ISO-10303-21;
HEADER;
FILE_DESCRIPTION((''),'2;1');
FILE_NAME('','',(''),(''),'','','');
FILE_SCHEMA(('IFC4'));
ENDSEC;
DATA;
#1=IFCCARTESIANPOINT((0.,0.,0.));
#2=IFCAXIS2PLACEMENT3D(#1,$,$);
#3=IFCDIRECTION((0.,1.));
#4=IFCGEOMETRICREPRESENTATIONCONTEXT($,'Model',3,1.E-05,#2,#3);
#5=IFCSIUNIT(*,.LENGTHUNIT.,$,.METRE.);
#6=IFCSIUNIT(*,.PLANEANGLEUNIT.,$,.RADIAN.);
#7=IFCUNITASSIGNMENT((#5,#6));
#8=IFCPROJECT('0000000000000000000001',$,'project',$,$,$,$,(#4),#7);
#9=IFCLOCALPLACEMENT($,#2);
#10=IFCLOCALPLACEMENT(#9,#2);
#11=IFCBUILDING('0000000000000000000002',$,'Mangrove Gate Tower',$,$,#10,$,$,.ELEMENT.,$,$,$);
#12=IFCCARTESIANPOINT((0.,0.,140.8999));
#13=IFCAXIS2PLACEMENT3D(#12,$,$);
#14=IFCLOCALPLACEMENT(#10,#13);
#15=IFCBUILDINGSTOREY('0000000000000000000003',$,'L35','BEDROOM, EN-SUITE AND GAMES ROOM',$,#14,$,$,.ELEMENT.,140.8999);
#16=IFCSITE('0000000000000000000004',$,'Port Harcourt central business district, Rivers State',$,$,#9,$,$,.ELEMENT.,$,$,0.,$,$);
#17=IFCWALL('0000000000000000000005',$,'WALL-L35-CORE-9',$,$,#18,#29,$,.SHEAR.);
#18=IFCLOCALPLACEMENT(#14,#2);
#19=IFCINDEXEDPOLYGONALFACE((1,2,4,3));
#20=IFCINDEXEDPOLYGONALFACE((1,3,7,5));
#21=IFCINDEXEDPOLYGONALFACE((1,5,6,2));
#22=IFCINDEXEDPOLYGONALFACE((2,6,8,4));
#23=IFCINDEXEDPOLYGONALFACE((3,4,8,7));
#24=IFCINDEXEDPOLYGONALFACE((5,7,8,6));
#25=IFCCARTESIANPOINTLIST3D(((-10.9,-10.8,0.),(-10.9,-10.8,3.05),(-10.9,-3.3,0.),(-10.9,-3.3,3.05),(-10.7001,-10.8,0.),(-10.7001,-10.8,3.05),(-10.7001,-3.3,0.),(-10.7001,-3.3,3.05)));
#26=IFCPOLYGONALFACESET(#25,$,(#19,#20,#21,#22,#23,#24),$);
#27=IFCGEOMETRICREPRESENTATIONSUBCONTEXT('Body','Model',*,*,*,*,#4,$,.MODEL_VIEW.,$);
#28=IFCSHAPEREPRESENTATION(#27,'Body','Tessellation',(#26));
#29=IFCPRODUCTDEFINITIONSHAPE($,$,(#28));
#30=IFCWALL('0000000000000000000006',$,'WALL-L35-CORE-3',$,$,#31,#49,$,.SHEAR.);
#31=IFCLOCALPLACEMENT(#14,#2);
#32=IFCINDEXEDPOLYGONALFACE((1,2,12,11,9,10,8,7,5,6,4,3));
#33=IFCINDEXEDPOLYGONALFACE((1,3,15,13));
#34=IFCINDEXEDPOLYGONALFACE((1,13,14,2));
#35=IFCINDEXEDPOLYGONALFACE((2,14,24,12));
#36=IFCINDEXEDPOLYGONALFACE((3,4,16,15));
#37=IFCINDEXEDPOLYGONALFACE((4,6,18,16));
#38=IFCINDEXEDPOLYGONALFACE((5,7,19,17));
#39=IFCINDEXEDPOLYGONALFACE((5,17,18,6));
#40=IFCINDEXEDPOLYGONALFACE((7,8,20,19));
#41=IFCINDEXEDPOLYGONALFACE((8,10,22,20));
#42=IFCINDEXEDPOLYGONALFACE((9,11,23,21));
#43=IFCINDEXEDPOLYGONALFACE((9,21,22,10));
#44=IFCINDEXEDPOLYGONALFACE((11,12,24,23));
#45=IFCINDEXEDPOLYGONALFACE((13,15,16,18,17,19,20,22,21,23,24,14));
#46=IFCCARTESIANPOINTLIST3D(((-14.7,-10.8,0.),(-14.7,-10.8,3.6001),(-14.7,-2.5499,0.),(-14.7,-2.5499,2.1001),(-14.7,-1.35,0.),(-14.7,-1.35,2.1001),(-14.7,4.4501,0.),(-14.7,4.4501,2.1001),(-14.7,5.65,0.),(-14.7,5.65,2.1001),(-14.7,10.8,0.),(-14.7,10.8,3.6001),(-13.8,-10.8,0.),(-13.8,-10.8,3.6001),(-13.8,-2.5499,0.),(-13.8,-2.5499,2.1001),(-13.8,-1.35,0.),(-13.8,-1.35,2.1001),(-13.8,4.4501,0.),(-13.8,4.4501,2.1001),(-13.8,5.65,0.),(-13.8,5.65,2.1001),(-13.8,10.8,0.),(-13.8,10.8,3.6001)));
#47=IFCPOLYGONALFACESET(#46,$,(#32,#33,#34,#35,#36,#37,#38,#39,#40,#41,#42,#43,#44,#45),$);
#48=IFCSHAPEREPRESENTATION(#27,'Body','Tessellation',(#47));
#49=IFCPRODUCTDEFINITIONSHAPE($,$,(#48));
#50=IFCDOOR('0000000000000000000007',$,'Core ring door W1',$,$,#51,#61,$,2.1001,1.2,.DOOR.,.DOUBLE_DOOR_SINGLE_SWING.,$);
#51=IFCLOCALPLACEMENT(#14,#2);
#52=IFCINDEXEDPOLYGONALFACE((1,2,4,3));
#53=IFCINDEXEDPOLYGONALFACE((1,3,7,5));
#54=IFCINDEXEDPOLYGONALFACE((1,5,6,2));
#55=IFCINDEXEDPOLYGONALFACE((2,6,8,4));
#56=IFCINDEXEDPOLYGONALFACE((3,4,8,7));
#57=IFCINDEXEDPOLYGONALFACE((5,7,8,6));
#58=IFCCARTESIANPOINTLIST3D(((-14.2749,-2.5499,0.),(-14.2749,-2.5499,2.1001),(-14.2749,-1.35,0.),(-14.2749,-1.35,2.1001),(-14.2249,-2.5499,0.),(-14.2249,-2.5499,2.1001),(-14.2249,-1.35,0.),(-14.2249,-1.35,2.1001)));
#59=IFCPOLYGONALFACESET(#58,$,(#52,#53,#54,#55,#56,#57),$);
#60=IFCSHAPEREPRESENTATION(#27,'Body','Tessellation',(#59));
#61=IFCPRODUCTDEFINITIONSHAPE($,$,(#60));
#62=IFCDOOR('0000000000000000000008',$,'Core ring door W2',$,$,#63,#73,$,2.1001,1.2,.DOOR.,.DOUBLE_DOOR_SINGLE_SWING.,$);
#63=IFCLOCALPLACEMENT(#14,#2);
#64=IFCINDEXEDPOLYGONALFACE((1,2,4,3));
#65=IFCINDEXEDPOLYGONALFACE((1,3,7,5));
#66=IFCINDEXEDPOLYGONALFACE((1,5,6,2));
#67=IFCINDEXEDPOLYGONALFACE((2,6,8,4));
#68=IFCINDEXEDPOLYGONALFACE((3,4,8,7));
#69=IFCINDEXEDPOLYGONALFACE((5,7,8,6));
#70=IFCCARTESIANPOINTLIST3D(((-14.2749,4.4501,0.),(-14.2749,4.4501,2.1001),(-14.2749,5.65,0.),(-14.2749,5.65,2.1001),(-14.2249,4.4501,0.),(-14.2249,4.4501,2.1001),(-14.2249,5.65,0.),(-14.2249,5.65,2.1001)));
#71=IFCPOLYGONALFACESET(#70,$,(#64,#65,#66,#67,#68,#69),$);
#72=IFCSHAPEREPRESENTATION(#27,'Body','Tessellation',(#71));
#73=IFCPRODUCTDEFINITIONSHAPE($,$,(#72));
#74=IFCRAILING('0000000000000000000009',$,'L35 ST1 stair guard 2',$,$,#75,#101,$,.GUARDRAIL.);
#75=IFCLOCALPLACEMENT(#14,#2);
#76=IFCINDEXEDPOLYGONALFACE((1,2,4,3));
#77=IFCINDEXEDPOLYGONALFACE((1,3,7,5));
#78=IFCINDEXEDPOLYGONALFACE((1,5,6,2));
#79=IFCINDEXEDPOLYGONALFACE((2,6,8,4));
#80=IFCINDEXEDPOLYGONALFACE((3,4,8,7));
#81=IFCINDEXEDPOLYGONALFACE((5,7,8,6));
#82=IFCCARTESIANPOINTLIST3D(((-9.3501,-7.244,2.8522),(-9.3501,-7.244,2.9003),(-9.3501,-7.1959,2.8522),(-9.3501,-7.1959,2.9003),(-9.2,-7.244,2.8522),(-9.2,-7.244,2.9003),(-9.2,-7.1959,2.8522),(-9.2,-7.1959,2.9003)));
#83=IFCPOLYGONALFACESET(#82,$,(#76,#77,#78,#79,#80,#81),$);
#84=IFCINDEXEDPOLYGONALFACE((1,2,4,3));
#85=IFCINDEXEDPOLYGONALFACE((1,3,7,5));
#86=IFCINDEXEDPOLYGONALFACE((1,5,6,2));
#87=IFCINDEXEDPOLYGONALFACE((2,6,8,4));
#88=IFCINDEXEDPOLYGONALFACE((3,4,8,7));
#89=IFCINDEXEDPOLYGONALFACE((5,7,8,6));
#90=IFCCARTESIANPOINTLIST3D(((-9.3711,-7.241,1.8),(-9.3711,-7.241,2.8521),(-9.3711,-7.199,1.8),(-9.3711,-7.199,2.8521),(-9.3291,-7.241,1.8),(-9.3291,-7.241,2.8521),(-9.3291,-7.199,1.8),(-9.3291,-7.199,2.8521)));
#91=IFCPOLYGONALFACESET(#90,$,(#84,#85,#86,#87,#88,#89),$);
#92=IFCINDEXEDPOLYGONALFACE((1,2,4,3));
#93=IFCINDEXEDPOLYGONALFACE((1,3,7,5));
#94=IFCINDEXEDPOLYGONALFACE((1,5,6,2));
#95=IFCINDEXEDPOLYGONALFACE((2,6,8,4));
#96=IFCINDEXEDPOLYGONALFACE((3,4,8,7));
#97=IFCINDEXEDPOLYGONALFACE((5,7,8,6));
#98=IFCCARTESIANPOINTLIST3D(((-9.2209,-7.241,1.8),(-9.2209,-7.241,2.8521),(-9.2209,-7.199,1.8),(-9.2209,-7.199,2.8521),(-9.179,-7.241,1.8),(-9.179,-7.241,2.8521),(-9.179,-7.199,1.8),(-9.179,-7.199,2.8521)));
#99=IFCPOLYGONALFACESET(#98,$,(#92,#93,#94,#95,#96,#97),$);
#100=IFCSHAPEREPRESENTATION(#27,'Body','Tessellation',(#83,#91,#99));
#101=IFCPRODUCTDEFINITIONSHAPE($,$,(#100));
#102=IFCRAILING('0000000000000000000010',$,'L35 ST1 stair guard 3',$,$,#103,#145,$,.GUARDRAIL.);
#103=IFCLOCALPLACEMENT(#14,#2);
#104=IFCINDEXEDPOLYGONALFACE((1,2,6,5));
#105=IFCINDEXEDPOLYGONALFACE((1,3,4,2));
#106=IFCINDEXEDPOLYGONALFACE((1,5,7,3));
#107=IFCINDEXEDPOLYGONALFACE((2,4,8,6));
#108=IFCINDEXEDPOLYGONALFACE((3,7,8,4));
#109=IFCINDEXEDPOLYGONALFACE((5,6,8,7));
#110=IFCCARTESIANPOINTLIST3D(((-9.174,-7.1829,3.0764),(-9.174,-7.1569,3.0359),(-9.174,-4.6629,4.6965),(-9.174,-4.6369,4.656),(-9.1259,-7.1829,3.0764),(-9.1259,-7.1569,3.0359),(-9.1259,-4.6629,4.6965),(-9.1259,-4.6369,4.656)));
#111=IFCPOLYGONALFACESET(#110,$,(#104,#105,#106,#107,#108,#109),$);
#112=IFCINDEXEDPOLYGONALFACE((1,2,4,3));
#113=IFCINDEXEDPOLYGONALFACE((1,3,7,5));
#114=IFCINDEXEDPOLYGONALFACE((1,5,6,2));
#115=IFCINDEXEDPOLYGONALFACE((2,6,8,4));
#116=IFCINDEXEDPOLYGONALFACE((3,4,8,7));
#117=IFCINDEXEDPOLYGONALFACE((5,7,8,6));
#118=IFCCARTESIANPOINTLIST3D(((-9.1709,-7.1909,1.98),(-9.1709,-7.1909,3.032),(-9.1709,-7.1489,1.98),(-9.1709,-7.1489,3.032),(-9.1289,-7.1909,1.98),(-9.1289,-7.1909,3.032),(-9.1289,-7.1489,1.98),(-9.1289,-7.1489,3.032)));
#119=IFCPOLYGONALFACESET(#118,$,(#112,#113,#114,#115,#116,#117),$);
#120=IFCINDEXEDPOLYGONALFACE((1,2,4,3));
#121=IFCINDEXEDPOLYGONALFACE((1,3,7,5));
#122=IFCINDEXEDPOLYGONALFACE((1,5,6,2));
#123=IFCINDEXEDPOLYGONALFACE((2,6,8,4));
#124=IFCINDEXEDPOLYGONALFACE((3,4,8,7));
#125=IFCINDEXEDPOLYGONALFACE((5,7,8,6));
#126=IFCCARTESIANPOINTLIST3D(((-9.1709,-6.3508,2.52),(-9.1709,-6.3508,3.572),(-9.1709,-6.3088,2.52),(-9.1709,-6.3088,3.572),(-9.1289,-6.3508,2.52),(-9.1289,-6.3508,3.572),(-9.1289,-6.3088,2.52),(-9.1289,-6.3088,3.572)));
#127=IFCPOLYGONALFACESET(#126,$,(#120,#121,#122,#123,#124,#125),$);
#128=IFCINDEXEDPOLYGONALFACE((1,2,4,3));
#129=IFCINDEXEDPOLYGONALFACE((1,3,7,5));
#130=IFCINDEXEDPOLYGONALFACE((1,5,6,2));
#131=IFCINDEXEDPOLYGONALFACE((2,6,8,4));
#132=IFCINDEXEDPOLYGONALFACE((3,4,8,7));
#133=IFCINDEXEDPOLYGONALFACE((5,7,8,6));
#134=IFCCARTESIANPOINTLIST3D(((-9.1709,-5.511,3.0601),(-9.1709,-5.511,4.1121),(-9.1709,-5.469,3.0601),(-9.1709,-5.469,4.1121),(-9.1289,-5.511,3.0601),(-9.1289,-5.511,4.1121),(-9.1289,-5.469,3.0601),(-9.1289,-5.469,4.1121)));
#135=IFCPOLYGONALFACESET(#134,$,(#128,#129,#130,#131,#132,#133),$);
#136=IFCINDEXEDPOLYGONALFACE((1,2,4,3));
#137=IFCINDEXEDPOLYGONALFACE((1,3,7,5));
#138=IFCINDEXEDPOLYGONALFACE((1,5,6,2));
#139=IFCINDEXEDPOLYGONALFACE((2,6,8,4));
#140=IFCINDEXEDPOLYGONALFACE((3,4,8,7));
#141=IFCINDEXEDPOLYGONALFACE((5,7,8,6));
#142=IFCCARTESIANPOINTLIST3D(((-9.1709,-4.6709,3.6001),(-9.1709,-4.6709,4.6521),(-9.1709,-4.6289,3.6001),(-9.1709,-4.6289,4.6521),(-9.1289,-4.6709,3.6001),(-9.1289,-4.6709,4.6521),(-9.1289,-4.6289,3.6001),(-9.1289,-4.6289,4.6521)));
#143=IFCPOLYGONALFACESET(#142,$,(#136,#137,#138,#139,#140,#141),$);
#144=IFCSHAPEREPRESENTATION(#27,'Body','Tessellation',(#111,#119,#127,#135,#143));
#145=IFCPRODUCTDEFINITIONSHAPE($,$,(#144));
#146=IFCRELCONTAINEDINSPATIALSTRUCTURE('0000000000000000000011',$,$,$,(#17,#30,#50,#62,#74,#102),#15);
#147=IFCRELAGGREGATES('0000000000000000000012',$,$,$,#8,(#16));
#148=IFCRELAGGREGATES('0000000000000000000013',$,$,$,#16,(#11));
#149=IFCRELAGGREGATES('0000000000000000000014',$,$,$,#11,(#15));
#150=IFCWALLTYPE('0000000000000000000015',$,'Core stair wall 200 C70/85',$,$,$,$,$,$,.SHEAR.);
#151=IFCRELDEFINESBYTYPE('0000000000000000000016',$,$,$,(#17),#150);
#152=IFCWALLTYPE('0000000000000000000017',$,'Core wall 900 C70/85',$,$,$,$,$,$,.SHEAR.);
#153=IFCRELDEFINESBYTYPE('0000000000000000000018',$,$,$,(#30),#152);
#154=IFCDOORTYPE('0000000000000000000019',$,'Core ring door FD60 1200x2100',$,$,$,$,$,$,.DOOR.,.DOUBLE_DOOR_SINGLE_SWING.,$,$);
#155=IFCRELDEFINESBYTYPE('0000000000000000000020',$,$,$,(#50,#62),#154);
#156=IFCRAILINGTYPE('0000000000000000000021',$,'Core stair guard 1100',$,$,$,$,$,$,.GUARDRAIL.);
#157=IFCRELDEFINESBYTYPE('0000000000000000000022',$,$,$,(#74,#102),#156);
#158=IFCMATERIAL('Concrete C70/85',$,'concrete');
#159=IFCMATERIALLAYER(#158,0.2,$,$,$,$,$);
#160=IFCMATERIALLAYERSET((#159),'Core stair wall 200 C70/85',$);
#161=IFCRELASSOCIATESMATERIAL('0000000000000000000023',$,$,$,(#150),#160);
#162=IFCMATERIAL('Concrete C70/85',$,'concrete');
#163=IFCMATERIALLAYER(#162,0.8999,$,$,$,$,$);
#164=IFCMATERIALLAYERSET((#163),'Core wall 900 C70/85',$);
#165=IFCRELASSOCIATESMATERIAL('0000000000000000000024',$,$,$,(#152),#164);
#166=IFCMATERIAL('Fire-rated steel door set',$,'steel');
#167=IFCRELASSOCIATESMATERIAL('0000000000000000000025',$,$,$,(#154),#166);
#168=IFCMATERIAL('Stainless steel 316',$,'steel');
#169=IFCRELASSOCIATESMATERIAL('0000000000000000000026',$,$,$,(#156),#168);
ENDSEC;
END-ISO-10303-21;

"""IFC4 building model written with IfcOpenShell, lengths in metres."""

from ifc_helpers import new_model, si_unit, direction, frame, frame_2d, origin, origin_2d, place, context, subcontext, project, spatial, rectangle, extrude, material, layer, layer_set, type_object, element, fill, save


model = new_model("IFC4")

# Units and contexts
model_context = context("Model", 3, precision=1e-05, world=origin(), true_north=direction((0.0, 1.0)))
body_context = subcontext(model_context, "Body", "Model", "MODEL_VIEW")
ifc_project = project(units=[si_unit("LENGTHUNIT", "METRE"), si_unit("PLANEANGLEUNIT", "RADIAN")], contexts=[model_context])

# Site, building, storey
site_placement = place(None, origin())
site = spatial("IfcSite", under=ifc_project, at=site_placement, Name="Port Harcourt central business district, Rivers State", CompositionType="ELEMENT", RefElevation=0.0)
building_placement = place(site_placement, origin())
building = spatial("IfcBuilding", under=site, at=building_placement, Name="Mangrove Gate Tower", CompositionType="ELEMENT")
storey_placement = place(building_placement, frame((0.0, 0.0, 140.8999)))
storey = spatial("IfcBuildingStorey", under=building, at=storey_placement, Name="L35", Description="BEDROOM, EN-SUITE AND GAMES ROOM", CompositionType="ELEMENT", Elevation=140.8999)

# Wall
ifc_material_1 = material(Name="Concrete C70/85", Category="concrete")
ifc_layer_1 = layer(ifc_material_1, 0.2)
ifc_layer_set_1 = layer_set([ifc_layer_1], Name="Core stair wall 200 C70/85")
wall_type_1 = type_object("IfcWallType", Name="Core stair wall 200 C70/85", PredefinedType="SHEAR", material=ifc_layer_set_1)
wall_1_placement = place(storey_placement, frame((-10.8, -10.8, 0.0), z_axis=(0.0, 0.0, 1.0), x_axis=(0.0, 1.0, 0.0)))
element("IfcWall", 1, at=wall_1_placement, inside=storey, type_object=wall_type_1, Name="WALL-L35-CORE-9", PredefinedType="SHEAR", context=body_context, shape_type="SweptSolid", body=[
    extrude(rectangle(XDim=7.5, YDim=0.2, at=frame_2d((3.75, 0.0))), origin(), (0.0, 0.0, 1.0), 3.05),
])

# Wall, openings, doors
ifc_material_2 = material(Name="Concrete C70/85", Category="concrete")
ifc_layer_2 = layer(ifc_material_2, 0.8999)
ifc_layer_set_2 = layer_set([ifc_layer_2], Name="Core wall 900 C70/85")
wall_type_2 = type_object("IfcWallType", Name="Core wall 900 C70/85", PredefinedType="SHEAR", material=ifc_layer_set_2)
wall_2_placement = place(storey_placement, frame((-14.25, -10.8, 0.0), z_axis=(0.0, 0.0, 1.0), x_axis=(0.0, 1.0, 0.0)))
wall_2 = element("IfcWall", 2, at=wall_2_placement, inside=storey, type_object=wall_type_2, Name="WALL-L35-CORE-3", PredefinedType="SHEAR", context=body_context, shape_type="SweptSolid", body=[
    extrude(rectangle(XDim=21.6001, YDim=0.8999, at=frame_2d((10.8, 0.0))), origin(), (0.0, 0.0, 1.0), 3.6001),
])
opening_1_placement = place(wall_2_placement, frame((8.25, 0.0, 0.0)))
opening_1 = element("IfcOpeningElement", 3, at=opening_1_placement, cuts=wall_2, PredefinedType="OPENING", context=body_context, shape_type="SweptSolid", body=[
    extrude(rectangle(XDim=1.2, YDim=2.1001, at=frame_2d((0.6001, 1.05))), frame((0.0, 0.46, 0.0), z_axis=(0.0, -1.0, 0.0), x_axis=(1.0, 0.0, 0.0)), (0.0, 0.0, 1.0), 0.9199),
])
opening_2_placement = place(wall_2_placement, frame((15.25, 0.0, 0.0)))
opening_2 = element("IfcOpeningElement", 4, at=opening_2_placement, cuts=wall_2, PredefinedType="OPENING", context=body_context, shape_type="SweptSolid", body=[
    extrude(rectangle(XDim=1.2, YDim=2.1001, at=frame_2d((0.6001, 1.05))), frame((0.0, 0.46, 0.0), z_axis=(0.0, -1.0, 0.0), x_axis=(1.0, 0.0, 0.0)), (0.0, 0.0, 1.0), 0.9199),
])
ifc_material_3 = material(Name="Fire-rated steel door set", Category="steel")
door_type = type_object("IfcDoorType", Name="Core ring door FD60 1200x2100", OperationType="DOUBLE_DOOR_SINGLE_SWING", PredefinedType="DOOR", material=ifc_material_3)
door_1_placement = place(opening_1_placement, origin())
door_1 = element("IfcDoor", 5, at=door_1_placement, inside=storey, type_object=door_type, Name="Core ring door W1", OperationType="DOUBLE_DOOR_SINGLE_SWING", OverallHeight=2.1001, OverallWidth=1.2, PredefinedType="DOOR", context=body_context, shape_type="SweptSolid", body=[
    extrude(rectangle(XDim=1.2, YDim=2.1001, at=frame_2d((0.6001, 1.05))), frame((0.0, 0.0249, 0.0), z_axis=(0.0, -1.0, 0.0), x_axis=(1.0, 0.0, 0.0)), (0.0, 0.0, 1.0), 0.05),
])
fill(opening_1, door_1)
door_2_placement = place(opening_2_placement, origin())
door_2 = element("IfcDoor", 6, at=door_2_placement, inside=storey, type_object=door_type, Name="Core ring door W2", OperationType="DOUBLE_DOOR_SINGLE_SWING", OverallHeight=2.1001, OverallWidth=1.2, PredefinedType="DOOR", context=body_context, shape_type="SweptSolid", body=[
    extrude(rectangle(XDim=1.2, YDim=2.1001, at=frame_2d((0.6001, 1.05))), frame((0.0, 0.0249, 0.0), z_axis=(0.0, -1.0, 0.0), x_axis=(1.0, 0.0, 0.0)), (0.0, 0.0, 1.0), 0.05),
])
fill(opening_2, door_2)

# Railings
ifc_material_4 = material(Name="Stainless steel 316", Category="steel")
railing_type = type_object("IfcRailingType", Name="Core stair guard 1100", PredefinedType="GUARDRAIL", material=ifc_material_4)
railing_1_placement = place(storey_placement, frame((-9.3501, -7.22, 1.8)))
element("IfcRailing", 7, at=railing_1_placement, inside=storey, type_object=railing_type, Name="L35 ST1 stair guard 2", PredefinedType="GUARDRAIL", context=body_context, shape_type="SweptSolid", body=[
    extrude(rectangle(XDim=0.0481, YDim=0.0481, at=origin_2d()), frame((0.0, 0.0, 1.0762), z_axis=(1.0, 0.0, 0.0), x_axis=(0.0, 1.0, 0.0)), (0.0, 0.0, 1.0), 0.1501),
    extrude(rectangle(XDim=0.042, YDim=0.042, at=origin_2d()), origin(), (0.0, 0.0, 1.0), 1.052),
    extrude(rectangle(XDim=0.042, YDim=0.042, at=origin_2d()), frame((0.1501, 0.0, 0.0)), (0.0, 0.0, 1.0), 1.052),
])
railing_2_placement = place(storey_placement, frame((-9.1499, -7.1699, 1.98)))
element("IfcRailing", 8, at=railing_2_placement, inside=storey, type_object=railing_type, Name="L35 ST1 stair guard 3", PredefinedType="GUARDRAIL", context=body_context, shape_type="SweptSolid", body=[
    extrude(rectangle(XDim=0.0481, YDim=0.0481, at=origin_2d()), frame((0.0, 0.0, 1.0762), z_axis=(0.0, 0.841163, 0.540782), x_axis=(-1.0, 0.0, 0.0)), (0.0, 0.0, 1.0), 2.9958),
    extrude(rectangle(XDim=0.042, YDim=0.042, at=origin_2d()), origin(), (0.0, 0.0, 1.0), 1.052),
    extrude(rectangle(XDim=0.042, YDim=0.042, at=origin_2d()), frame((0.0, 0.8401, 0.54)), (0.0, 0.0, 1.0), 1.052),
    extrude(rectangle(XDim=0.042, YDim=0.042, at=origin_2d()), frame((0.0, 1.6799, 1.0801)), (0.0, 0.0, 1.0), 1.052),
    extrude(rectangle(XDim=0.042, YDim=0.042, at=origin_2d()), frame((0.0, 2.52, 1.6201)), (0.0, 0.0, 1.0), 1.052),
])

save(model, "model.ifc")
